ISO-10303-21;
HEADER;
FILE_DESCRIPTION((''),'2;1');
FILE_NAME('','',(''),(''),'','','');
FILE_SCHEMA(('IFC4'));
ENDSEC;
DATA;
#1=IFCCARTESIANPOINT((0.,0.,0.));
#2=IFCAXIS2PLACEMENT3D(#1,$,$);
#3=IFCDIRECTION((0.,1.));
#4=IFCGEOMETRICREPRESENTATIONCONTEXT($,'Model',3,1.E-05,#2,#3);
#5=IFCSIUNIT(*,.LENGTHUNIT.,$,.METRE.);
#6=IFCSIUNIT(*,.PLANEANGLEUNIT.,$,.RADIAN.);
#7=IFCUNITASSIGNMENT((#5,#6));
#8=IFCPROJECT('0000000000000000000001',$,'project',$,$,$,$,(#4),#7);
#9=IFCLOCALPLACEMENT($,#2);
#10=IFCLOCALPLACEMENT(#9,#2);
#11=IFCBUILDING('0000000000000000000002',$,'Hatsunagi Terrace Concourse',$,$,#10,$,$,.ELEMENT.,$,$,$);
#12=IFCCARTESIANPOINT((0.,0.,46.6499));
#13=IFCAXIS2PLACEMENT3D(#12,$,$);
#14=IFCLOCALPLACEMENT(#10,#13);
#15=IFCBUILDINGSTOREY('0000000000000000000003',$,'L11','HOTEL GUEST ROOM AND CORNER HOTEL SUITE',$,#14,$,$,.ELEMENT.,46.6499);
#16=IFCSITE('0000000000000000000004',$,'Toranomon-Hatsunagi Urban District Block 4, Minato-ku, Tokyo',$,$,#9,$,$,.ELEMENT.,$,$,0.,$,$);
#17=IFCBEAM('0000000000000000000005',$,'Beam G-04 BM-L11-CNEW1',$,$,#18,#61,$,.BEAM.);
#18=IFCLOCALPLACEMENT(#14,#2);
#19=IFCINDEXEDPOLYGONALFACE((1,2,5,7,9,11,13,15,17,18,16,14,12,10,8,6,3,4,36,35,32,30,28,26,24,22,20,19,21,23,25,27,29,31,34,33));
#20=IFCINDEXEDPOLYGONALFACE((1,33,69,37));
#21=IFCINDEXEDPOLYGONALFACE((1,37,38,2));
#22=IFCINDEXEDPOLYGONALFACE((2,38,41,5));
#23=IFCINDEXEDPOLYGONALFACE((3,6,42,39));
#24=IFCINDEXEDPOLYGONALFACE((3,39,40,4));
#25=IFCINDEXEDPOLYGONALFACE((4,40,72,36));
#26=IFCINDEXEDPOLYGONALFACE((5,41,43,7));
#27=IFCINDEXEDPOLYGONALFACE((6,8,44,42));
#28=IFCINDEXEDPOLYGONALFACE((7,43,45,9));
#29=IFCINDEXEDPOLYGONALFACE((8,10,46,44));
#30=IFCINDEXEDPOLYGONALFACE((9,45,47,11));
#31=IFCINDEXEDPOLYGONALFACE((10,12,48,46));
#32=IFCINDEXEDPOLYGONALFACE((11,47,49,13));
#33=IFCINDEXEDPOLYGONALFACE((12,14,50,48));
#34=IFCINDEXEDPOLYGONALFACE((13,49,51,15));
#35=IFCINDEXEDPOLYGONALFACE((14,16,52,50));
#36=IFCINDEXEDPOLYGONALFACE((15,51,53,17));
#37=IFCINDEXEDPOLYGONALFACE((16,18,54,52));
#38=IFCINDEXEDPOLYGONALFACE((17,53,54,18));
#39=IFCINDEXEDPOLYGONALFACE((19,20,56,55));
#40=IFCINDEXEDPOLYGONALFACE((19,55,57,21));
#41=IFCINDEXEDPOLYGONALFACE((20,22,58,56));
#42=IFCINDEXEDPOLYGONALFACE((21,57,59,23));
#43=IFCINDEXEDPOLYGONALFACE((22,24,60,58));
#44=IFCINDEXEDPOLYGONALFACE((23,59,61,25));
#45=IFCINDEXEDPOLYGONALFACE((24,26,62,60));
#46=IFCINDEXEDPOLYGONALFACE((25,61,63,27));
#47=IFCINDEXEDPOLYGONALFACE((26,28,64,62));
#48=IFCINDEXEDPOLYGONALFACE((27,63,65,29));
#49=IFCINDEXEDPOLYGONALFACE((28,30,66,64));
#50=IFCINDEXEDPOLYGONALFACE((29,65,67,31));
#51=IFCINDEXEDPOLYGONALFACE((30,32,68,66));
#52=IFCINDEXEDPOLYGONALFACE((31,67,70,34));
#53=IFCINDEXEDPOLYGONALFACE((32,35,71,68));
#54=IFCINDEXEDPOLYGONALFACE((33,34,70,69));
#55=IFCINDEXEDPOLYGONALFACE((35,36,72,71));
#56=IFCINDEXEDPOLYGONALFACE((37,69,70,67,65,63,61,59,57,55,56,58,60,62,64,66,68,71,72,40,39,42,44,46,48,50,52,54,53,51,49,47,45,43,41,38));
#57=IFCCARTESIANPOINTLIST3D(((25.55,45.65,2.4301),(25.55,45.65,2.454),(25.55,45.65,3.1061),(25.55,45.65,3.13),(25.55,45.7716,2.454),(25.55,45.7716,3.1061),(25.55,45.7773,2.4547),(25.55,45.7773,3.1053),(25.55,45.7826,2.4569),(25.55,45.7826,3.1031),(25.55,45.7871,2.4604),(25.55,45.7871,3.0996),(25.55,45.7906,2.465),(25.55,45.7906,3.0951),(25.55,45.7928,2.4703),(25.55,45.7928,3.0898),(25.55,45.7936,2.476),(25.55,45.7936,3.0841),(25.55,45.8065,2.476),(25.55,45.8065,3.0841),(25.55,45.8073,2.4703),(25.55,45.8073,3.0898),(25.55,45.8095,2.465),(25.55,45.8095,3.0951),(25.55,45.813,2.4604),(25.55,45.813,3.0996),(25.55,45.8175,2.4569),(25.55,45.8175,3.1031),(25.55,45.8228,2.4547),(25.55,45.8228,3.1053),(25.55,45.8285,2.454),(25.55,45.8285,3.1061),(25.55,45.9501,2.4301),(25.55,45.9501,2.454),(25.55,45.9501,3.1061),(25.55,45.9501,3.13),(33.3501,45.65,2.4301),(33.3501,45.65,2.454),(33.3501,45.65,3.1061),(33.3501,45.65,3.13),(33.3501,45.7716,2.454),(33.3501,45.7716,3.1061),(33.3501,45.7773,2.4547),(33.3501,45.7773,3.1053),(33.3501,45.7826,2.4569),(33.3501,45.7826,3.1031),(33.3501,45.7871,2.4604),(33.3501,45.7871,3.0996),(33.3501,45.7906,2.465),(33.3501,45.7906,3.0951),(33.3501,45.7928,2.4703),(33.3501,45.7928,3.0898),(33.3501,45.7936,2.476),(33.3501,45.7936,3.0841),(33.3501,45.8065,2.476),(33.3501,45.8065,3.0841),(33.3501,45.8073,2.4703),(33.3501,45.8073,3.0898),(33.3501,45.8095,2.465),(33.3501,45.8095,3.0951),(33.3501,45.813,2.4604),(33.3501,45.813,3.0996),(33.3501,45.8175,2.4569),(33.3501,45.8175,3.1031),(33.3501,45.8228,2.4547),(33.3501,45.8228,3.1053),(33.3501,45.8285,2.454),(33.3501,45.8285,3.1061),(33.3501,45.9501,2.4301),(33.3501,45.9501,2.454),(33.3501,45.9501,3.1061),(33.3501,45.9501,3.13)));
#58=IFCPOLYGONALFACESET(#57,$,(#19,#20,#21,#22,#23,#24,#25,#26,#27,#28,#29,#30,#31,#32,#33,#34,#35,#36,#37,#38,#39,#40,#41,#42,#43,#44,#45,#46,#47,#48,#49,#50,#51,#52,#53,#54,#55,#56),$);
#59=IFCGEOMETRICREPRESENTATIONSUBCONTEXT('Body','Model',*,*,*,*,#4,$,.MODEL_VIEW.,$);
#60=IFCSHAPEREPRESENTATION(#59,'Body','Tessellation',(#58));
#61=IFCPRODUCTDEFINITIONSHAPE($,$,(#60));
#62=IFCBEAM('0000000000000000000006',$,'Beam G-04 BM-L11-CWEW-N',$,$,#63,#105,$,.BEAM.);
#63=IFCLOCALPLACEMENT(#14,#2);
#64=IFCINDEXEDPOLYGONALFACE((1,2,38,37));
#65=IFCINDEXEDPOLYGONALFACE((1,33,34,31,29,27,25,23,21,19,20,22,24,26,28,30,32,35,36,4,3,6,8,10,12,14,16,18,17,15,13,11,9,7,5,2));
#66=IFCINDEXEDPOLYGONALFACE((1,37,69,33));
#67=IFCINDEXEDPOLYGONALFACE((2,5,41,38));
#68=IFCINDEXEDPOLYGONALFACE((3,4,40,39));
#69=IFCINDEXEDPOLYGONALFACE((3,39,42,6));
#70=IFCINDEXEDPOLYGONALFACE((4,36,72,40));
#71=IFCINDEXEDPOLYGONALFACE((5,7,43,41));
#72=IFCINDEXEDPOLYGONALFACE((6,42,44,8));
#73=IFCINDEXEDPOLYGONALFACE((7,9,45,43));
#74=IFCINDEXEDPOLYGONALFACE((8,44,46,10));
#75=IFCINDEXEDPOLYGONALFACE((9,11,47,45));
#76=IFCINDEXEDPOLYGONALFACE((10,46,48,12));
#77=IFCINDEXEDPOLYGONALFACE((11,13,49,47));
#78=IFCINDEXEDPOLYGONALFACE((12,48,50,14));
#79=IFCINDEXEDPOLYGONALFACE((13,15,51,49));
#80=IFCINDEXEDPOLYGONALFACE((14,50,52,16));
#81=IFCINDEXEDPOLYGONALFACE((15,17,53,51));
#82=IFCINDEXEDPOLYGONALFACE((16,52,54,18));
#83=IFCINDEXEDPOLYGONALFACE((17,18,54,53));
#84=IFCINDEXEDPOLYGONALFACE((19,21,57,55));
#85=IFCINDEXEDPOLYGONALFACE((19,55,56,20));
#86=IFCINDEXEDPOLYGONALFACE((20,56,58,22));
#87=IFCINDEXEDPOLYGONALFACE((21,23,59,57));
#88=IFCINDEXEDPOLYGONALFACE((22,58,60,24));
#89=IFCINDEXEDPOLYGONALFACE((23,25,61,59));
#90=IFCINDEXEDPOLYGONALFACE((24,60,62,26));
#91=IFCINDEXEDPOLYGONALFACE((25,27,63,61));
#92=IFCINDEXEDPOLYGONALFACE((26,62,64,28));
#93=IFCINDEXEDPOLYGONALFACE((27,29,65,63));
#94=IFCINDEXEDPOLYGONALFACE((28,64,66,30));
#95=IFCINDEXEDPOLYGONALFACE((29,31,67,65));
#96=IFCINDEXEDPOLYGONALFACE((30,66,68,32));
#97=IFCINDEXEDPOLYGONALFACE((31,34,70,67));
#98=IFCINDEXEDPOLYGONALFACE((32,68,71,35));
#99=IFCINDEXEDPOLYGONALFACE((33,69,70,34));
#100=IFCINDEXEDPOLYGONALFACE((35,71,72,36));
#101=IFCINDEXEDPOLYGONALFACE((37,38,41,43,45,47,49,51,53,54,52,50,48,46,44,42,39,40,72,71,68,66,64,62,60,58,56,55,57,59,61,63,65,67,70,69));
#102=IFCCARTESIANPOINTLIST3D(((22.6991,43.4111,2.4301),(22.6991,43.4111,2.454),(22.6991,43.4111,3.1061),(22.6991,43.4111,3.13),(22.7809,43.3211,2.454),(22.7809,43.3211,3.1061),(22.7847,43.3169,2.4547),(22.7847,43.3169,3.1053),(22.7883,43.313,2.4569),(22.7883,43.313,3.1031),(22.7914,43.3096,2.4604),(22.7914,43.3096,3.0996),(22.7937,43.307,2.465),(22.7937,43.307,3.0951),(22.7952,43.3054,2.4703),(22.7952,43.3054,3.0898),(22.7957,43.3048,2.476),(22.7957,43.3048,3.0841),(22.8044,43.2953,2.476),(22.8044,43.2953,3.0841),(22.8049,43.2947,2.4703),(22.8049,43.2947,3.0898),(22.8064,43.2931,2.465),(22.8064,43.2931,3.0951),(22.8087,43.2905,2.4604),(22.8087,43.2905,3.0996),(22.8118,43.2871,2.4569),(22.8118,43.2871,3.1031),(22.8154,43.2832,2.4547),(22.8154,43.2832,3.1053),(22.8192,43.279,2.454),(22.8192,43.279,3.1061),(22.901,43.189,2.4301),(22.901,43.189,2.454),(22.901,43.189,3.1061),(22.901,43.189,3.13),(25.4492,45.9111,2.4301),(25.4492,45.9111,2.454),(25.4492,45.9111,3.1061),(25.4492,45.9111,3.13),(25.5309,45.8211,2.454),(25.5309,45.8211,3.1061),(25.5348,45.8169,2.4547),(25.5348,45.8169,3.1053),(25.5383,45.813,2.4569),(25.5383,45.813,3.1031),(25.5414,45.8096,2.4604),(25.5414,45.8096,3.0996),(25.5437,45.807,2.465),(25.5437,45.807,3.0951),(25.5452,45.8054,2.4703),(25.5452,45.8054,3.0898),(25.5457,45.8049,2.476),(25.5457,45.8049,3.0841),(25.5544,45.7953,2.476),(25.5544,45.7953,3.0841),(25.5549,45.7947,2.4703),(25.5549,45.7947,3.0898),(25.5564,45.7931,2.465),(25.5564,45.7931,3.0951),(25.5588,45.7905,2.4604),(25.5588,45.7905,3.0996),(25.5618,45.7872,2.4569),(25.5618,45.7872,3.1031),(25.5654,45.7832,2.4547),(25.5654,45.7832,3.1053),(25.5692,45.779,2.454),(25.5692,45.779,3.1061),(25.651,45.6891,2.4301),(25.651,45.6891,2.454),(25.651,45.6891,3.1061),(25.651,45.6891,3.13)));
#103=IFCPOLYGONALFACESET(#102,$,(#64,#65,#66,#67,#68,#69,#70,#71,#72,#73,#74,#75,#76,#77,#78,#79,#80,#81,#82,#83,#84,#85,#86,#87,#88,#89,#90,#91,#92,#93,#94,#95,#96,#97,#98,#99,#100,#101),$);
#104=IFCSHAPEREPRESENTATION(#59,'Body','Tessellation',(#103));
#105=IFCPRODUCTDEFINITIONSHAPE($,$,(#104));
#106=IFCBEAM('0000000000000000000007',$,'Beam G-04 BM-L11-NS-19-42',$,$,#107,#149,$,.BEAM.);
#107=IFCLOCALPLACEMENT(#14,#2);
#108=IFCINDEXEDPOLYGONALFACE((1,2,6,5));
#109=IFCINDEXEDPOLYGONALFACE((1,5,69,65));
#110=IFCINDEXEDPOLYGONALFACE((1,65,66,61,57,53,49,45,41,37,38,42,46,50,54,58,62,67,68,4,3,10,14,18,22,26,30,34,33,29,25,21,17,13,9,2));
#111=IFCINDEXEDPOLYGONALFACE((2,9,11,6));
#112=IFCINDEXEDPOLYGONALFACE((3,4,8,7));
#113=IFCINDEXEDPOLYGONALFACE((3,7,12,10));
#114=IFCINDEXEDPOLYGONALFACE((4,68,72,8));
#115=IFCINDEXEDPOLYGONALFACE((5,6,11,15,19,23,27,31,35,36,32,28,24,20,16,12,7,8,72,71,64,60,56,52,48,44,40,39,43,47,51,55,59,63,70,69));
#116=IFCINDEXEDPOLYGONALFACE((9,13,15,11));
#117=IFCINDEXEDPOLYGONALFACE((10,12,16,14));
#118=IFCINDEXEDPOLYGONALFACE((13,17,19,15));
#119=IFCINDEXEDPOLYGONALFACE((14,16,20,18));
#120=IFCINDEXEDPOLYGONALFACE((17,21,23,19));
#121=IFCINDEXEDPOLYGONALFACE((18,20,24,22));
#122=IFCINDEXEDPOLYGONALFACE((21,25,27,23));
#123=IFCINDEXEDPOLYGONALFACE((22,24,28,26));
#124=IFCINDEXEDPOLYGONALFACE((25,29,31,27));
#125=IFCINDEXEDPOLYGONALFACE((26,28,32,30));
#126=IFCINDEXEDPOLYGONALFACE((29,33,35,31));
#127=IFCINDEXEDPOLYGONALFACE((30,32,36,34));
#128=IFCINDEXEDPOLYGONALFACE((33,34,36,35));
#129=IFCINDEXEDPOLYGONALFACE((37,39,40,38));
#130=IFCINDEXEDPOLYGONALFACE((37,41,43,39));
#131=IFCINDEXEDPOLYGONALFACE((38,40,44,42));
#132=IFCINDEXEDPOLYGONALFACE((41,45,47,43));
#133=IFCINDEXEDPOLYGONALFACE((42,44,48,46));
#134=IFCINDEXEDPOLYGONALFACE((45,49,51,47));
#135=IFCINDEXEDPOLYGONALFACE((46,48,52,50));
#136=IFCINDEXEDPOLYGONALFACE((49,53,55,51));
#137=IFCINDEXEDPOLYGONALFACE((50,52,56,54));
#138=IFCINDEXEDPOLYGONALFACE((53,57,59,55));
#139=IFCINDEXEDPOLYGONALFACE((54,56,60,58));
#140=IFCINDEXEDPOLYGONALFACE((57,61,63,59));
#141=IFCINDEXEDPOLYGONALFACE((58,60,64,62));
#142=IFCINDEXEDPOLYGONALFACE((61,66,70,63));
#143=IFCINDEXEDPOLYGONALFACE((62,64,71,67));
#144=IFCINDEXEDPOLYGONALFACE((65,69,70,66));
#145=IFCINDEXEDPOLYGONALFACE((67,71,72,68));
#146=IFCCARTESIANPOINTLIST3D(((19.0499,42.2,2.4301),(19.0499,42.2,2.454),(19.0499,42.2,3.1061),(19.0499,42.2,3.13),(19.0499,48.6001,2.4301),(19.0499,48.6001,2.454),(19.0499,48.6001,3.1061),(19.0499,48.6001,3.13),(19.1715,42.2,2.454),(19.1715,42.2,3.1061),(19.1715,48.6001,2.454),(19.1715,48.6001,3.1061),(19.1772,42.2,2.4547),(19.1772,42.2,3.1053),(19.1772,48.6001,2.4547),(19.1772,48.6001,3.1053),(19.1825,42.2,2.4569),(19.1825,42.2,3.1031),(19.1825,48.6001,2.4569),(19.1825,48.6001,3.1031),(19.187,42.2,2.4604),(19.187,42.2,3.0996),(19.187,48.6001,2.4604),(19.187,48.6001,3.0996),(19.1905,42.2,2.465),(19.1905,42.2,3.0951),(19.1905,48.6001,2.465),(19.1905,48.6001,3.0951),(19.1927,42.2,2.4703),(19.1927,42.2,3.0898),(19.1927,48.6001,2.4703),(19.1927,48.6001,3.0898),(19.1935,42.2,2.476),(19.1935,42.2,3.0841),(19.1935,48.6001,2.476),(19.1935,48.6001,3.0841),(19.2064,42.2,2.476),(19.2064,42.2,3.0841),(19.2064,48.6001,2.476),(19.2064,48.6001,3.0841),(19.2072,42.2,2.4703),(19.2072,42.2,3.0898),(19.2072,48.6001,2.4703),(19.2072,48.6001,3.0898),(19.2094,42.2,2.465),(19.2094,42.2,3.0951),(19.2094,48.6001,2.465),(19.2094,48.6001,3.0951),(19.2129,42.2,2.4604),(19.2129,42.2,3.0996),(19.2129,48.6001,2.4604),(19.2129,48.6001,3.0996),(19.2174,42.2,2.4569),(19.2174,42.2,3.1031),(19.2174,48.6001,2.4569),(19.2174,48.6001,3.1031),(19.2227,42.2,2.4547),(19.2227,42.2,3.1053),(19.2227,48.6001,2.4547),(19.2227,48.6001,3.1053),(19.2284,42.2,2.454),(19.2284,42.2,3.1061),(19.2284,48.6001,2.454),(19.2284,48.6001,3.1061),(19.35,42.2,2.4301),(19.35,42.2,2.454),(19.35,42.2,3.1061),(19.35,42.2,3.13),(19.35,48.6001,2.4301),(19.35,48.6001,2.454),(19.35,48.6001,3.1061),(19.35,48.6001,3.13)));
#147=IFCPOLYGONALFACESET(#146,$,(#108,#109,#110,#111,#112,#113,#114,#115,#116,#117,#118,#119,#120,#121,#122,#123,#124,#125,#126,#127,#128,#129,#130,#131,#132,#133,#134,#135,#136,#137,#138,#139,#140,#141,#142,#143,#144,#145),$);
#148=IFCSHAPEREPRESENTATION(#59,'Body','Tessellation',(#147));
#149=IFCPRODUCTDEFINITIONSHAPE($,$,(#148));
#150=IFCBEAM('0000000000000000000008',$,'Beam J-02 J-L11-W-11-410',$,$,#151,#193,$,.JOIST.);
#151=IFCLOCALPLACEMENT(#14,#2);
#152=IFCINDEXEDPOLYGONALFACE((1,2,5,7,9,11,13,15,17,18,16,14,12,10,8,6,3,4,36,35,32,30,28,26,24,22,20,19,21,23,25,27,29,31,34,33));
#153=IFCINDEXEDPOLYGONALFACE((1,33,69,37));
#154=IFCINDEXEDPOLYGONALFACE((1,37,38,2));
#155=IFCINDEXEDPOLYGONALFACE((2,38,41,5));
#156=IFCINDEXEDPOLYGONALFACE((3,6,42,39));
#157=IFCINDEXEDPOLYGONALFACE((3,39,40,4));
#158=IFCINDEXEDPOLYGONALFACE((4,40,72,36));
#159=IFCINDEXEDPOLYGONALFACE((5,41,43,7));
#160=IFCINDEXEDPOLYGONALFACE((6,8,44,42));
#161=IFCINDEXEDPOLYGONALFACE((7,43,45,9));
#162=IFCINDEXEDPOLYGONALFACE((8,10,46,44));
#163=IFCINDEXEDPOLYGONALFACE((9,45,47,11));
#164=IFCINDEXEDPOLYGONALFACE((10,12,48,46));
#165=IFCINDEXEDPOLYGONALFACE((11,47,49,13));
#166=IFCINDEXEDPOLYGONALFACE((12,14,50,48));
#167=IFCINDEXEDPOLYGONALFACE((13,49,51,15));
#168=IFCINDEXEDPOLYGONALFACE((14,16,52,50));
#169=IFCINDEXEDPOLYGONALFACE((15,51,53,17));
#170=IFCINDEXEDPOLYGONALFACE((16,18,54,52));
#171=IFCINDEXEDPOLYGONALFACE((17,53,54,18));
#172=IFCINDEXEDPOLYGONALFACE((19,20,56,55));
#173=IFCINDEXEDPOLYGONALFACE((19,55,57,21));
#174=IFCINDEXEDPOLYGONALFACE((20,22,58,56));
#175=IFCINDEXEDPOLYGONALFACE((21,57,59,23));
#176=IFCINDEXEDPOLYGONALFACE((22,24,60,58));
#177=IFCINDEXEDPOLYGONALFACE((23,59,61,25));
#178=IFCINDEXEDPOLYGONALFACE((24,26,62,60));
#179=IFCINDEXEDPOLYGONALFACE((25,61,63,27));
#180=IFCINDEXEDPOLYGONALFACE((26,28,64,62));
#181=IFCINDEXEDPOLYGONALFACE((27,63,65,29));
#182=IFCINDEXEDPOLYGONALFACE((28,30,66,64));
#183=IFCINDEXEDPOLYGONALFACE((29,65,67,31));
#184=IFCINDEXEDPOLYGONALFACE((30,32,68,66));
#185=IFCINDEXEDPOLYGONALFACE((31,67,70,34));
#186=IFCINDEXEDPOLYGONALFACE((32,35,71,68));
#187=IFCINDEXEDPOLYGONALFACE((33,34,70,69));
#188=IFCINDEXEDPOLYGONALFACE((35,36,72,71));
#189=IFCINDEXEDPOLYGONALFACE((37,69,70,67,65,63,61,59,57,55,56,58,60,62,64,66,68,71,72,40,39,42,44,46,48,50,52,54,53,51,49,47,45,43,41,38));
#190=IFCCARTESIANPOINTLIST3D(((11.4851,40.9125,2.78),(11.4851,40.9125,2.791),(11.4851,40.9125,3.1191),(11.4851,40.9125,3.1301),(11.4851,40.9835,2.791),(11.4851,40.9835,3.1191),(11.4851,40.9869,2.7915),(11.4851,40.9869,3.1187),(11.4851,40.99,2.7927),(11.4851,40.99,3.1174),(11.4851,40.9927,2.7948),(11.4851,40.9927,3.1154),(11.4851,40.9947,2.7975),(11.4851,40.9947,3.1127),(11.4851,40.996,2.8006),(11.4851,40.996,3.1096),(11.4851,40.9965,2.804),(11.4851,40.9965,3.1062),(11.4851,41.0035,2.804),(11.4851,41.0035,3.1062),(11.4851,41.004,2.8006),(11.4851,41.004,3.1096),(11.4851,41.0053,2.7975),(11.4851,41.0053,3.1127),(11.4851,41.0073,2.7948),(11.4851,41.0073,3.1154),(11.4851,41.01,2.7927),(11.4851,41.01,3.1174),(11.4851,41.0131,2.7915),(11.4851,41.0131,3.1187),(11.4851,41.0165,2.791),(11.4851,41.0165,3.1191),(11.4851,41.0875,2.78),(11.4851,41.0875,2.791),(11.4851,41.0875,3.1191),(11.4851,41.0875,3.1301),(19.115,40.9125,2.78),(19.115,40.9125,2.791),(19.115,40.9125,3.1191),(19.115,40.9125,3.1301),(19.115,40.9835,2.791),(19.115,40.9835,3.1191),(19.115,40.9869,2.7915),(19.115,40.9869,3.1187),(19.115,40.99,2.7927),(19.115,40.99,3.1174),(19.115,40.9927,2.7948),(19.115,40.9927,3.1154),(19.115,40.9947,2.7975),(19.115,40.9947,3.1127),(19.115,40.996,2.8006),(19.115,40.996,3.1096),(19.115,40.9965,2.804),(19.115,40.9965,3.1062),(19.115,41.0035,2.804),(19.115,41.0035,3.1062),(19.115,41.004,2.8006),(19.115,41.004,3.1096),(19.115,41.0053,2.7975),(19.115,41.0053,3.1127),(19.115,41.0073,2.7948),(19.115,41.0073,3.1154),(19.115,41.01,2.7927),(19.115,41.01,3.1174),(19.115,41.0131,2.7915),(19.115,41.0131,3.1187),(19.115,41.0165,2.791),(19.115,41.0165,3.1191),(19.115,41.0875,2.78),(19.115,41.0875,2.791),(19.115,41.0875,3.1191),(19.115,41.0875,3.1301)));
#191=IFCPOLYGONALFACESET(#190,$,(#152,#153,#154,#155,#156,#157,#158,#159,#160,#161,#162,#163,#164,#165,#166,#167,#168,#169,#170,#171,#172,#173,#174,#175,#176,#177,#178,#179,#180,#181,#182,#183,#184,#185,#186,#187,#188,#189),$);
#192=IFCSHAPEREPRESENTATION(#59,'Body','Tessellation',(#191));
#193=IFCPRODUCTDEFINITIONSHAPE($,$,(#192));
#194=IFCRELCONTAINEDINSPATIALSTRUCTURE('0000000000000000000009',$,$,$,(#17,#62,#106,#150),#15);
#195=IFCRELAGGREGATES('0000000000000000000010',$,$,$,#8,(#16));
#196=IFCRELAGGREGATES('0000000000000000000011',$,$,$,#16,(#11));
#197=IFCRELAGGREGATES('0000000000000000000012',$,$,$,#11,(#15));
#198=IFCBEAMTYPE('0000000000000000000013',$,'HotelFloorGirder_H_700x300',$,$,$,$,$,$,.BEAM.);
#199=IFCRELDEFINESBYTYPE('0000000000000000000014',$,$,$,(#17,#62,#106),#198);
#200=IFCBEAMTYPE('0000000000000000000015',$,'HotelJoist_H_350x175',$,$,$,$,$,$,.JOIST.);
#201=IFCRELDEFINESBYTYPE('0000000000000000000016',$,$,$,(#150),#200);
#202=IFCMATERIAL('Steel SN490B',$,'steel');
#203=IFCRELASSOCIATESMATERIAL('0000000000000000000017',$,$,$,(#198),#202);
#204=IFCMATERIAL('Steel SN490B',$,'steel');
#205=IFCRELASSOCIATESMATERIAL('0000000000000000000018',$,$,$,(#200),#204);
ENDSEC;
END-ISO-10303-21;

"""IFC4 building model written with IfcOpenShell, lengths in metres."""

from ifc_helpers import new_model, si_unit, direction, frame, origin, origin_2d, place, context, subcontext, project, spatial, i_section, extrude, material, material_profile, profile_set, type_object, element, save


model = new_model("IFC4")

# Units and contexts
model_context = context("Model", 3, precision=1e-05, world=origin(), true_north=direction((0.0, 1.0)))
body_context = subcontext(model_context, "Body", "Model", "MODEL_VIEW")
ifc_project = project(units=[si_unit("LENGTHUNIT", "METRE"), si_unit("PLANEANGLEUNIT", "RADIAN")], contexts=[model_context])

# Site, building, storey
site_placement = place(None, origin())
site = spatial("IfcSite", under=ifc_project, at=site_placement, Name="Toranomon-Hatsunagi Urban District Block 4, Minato-ku, Tokyo", CompositionType="ELEMENT", RefElevation=0.0)
building_placement = place(site_placement, origin())
building = spatial("IfcBuilding", under=site, at=building_placement, Name="Hatsunagi Terrace Concourse", CompositionType="ELEMENT")
storey_placement = place(building_placement, frame((0.0, 0.0, 46.6499)))
storey = spatial("IfcBuildingStorey", under=building, at=storey_placement, Name="L11", Description="HOTEL GUEST ROOM AND CORNER HOTEL SUITE", CompositionType="ELEMENT", Elevation=46.6499)

# Beams
ifc_material_1 = material(Name="Steel SN490B", Category="steel")
ifc_material_profile_1 = material_profile(ifc_material_1, i_section(OverallWidth=0.3, OverallDepth=0.7, WebThickness=0.0129, FlangeThickness=0.0239, FilletRadius=0.022, at=origin_2d()), Name="H-700x300x13x24")
ifc_profile_set_1 = profile_set([ifc_material_profile_1], Name="Steel SN490B")
beam_type_1 = type_object("IfcBeamType", Name="HotelFloorGirder_H_700x300", PredefinedType="BEAM", material=ifc_profile_set_1)
beam_1_placement = place(storey_placement, frame((25.55, 45.8, 2.78), z_axis=(1.0, 0.0, 0.0), x_axis=(0.0, 1.0, 0.0)))
element("IfcBeam", 1, at=beam_1_placement, inside=storey, type_object=beam_type_1, Name="Beam G-04 BM-L11-CNEW1", PredefinedType="BEAM", context=body_context, shape_type="SweptSolid", body=[
    extrude(i_section(OverallWidth=0.3, OverallDepth=0.7, WebThickness=0.0129, FlangeThickness=0.0239, FilletRadius=0.022, at=origin_2d()), origin(), (0.0, 0.0, 1.0), 7.8),
])
beam_2_placement = place(storey_placement, frame((22.8, 43.3, 2.78), z_axis=(0.73994, 0.672673, 0.0), x_axis=(-0.672673, 0.73994, 0.0)))
element("IfcBeam", 2, at=beam_2_placement, inside=storey, type_object=beam_type_1, Name="Beam G-04 BM-L11-CWEW-N", PredefinedType="BEAM", context=body_context, shape_type="SweptSolid", body=[
    extrude(i_section(OverallWidth=0.3, OverallDepth=0.7, WebThickness=0.0129, FlangeThickness=0.0239, FilletRadius=0.022, at=origin_2d()), origin(), (0.0, 0.0, 1.0), 3.7166),
])
beam_3_placement = place(storey_placement, frame((19.2, 42.2, 2.78), z_axis=(0.0, 1.0, 0.0), x_axis=(-1.0, 0.0, 0.0)))
element("IfcBeam", 3, at=beam_3_placement, inside=storey, type_object=beam_type_1, Name="Beam G-04 BM-L11-NS-19-42", PredefinedType="BEAM", context=body_context, shape_type="SweptSolid", body=[
    extrude(i_section(OverallWidth=0.3, OverallDepth=0.7, WebThickness=0.0129, FlangeThickness=0.0239, FilletRadius=0.022, at=origin_2d()), origin(), (0.0, 0.0, 1.0), 6.4001),
])
ifc_material_2 = material(Name="Steel SN490B", Category="steel")
ifc_material_profile_2 = material_profile(ifc_material_2, i_section(OverallWidth=0.175, OverallDepth=0.3501, WebThickness=0.0071, FlangeThickness=0.011, FilletRadius=0.0129, at=origin_2d()), Name="H-350x175x7x11")
ifc_profile_set_2 = profile_set([ifc_material_profile_2], Name="Steel SN490B")
beam_type_2 = type_object("IfcBeamType", Name="HotelJoist_H_350x175", PredefinedType="JOIST", material=ifc_profile_set_2)
beam_4_placement = place(storey_placement, frame((11.4851, 41.0, 2.9551), z_axis=(1.0, 0.0, 0.0), x_axis=(0.0, 1.0, 0.0)))
element("IfcBeam", 4, at=beam_4_placement, inside=storey, type_object=beam_type_2, Name="Beam J-02 J-L11-W-11-410", PredefinedType="JOIST", context=body_context, shape_type="SweptSolid", body=[
    extrude(i_section(OverallWidth=0.175, OverallDepth=0.3501, WebThickness=0.0071, FlangeThickness=0.011, FilletRadius=0.0129, at=origin_2d()), origin(), (0.0, 0.0, 1.0), 7.6299),
])

save(model, "model.ifc")
